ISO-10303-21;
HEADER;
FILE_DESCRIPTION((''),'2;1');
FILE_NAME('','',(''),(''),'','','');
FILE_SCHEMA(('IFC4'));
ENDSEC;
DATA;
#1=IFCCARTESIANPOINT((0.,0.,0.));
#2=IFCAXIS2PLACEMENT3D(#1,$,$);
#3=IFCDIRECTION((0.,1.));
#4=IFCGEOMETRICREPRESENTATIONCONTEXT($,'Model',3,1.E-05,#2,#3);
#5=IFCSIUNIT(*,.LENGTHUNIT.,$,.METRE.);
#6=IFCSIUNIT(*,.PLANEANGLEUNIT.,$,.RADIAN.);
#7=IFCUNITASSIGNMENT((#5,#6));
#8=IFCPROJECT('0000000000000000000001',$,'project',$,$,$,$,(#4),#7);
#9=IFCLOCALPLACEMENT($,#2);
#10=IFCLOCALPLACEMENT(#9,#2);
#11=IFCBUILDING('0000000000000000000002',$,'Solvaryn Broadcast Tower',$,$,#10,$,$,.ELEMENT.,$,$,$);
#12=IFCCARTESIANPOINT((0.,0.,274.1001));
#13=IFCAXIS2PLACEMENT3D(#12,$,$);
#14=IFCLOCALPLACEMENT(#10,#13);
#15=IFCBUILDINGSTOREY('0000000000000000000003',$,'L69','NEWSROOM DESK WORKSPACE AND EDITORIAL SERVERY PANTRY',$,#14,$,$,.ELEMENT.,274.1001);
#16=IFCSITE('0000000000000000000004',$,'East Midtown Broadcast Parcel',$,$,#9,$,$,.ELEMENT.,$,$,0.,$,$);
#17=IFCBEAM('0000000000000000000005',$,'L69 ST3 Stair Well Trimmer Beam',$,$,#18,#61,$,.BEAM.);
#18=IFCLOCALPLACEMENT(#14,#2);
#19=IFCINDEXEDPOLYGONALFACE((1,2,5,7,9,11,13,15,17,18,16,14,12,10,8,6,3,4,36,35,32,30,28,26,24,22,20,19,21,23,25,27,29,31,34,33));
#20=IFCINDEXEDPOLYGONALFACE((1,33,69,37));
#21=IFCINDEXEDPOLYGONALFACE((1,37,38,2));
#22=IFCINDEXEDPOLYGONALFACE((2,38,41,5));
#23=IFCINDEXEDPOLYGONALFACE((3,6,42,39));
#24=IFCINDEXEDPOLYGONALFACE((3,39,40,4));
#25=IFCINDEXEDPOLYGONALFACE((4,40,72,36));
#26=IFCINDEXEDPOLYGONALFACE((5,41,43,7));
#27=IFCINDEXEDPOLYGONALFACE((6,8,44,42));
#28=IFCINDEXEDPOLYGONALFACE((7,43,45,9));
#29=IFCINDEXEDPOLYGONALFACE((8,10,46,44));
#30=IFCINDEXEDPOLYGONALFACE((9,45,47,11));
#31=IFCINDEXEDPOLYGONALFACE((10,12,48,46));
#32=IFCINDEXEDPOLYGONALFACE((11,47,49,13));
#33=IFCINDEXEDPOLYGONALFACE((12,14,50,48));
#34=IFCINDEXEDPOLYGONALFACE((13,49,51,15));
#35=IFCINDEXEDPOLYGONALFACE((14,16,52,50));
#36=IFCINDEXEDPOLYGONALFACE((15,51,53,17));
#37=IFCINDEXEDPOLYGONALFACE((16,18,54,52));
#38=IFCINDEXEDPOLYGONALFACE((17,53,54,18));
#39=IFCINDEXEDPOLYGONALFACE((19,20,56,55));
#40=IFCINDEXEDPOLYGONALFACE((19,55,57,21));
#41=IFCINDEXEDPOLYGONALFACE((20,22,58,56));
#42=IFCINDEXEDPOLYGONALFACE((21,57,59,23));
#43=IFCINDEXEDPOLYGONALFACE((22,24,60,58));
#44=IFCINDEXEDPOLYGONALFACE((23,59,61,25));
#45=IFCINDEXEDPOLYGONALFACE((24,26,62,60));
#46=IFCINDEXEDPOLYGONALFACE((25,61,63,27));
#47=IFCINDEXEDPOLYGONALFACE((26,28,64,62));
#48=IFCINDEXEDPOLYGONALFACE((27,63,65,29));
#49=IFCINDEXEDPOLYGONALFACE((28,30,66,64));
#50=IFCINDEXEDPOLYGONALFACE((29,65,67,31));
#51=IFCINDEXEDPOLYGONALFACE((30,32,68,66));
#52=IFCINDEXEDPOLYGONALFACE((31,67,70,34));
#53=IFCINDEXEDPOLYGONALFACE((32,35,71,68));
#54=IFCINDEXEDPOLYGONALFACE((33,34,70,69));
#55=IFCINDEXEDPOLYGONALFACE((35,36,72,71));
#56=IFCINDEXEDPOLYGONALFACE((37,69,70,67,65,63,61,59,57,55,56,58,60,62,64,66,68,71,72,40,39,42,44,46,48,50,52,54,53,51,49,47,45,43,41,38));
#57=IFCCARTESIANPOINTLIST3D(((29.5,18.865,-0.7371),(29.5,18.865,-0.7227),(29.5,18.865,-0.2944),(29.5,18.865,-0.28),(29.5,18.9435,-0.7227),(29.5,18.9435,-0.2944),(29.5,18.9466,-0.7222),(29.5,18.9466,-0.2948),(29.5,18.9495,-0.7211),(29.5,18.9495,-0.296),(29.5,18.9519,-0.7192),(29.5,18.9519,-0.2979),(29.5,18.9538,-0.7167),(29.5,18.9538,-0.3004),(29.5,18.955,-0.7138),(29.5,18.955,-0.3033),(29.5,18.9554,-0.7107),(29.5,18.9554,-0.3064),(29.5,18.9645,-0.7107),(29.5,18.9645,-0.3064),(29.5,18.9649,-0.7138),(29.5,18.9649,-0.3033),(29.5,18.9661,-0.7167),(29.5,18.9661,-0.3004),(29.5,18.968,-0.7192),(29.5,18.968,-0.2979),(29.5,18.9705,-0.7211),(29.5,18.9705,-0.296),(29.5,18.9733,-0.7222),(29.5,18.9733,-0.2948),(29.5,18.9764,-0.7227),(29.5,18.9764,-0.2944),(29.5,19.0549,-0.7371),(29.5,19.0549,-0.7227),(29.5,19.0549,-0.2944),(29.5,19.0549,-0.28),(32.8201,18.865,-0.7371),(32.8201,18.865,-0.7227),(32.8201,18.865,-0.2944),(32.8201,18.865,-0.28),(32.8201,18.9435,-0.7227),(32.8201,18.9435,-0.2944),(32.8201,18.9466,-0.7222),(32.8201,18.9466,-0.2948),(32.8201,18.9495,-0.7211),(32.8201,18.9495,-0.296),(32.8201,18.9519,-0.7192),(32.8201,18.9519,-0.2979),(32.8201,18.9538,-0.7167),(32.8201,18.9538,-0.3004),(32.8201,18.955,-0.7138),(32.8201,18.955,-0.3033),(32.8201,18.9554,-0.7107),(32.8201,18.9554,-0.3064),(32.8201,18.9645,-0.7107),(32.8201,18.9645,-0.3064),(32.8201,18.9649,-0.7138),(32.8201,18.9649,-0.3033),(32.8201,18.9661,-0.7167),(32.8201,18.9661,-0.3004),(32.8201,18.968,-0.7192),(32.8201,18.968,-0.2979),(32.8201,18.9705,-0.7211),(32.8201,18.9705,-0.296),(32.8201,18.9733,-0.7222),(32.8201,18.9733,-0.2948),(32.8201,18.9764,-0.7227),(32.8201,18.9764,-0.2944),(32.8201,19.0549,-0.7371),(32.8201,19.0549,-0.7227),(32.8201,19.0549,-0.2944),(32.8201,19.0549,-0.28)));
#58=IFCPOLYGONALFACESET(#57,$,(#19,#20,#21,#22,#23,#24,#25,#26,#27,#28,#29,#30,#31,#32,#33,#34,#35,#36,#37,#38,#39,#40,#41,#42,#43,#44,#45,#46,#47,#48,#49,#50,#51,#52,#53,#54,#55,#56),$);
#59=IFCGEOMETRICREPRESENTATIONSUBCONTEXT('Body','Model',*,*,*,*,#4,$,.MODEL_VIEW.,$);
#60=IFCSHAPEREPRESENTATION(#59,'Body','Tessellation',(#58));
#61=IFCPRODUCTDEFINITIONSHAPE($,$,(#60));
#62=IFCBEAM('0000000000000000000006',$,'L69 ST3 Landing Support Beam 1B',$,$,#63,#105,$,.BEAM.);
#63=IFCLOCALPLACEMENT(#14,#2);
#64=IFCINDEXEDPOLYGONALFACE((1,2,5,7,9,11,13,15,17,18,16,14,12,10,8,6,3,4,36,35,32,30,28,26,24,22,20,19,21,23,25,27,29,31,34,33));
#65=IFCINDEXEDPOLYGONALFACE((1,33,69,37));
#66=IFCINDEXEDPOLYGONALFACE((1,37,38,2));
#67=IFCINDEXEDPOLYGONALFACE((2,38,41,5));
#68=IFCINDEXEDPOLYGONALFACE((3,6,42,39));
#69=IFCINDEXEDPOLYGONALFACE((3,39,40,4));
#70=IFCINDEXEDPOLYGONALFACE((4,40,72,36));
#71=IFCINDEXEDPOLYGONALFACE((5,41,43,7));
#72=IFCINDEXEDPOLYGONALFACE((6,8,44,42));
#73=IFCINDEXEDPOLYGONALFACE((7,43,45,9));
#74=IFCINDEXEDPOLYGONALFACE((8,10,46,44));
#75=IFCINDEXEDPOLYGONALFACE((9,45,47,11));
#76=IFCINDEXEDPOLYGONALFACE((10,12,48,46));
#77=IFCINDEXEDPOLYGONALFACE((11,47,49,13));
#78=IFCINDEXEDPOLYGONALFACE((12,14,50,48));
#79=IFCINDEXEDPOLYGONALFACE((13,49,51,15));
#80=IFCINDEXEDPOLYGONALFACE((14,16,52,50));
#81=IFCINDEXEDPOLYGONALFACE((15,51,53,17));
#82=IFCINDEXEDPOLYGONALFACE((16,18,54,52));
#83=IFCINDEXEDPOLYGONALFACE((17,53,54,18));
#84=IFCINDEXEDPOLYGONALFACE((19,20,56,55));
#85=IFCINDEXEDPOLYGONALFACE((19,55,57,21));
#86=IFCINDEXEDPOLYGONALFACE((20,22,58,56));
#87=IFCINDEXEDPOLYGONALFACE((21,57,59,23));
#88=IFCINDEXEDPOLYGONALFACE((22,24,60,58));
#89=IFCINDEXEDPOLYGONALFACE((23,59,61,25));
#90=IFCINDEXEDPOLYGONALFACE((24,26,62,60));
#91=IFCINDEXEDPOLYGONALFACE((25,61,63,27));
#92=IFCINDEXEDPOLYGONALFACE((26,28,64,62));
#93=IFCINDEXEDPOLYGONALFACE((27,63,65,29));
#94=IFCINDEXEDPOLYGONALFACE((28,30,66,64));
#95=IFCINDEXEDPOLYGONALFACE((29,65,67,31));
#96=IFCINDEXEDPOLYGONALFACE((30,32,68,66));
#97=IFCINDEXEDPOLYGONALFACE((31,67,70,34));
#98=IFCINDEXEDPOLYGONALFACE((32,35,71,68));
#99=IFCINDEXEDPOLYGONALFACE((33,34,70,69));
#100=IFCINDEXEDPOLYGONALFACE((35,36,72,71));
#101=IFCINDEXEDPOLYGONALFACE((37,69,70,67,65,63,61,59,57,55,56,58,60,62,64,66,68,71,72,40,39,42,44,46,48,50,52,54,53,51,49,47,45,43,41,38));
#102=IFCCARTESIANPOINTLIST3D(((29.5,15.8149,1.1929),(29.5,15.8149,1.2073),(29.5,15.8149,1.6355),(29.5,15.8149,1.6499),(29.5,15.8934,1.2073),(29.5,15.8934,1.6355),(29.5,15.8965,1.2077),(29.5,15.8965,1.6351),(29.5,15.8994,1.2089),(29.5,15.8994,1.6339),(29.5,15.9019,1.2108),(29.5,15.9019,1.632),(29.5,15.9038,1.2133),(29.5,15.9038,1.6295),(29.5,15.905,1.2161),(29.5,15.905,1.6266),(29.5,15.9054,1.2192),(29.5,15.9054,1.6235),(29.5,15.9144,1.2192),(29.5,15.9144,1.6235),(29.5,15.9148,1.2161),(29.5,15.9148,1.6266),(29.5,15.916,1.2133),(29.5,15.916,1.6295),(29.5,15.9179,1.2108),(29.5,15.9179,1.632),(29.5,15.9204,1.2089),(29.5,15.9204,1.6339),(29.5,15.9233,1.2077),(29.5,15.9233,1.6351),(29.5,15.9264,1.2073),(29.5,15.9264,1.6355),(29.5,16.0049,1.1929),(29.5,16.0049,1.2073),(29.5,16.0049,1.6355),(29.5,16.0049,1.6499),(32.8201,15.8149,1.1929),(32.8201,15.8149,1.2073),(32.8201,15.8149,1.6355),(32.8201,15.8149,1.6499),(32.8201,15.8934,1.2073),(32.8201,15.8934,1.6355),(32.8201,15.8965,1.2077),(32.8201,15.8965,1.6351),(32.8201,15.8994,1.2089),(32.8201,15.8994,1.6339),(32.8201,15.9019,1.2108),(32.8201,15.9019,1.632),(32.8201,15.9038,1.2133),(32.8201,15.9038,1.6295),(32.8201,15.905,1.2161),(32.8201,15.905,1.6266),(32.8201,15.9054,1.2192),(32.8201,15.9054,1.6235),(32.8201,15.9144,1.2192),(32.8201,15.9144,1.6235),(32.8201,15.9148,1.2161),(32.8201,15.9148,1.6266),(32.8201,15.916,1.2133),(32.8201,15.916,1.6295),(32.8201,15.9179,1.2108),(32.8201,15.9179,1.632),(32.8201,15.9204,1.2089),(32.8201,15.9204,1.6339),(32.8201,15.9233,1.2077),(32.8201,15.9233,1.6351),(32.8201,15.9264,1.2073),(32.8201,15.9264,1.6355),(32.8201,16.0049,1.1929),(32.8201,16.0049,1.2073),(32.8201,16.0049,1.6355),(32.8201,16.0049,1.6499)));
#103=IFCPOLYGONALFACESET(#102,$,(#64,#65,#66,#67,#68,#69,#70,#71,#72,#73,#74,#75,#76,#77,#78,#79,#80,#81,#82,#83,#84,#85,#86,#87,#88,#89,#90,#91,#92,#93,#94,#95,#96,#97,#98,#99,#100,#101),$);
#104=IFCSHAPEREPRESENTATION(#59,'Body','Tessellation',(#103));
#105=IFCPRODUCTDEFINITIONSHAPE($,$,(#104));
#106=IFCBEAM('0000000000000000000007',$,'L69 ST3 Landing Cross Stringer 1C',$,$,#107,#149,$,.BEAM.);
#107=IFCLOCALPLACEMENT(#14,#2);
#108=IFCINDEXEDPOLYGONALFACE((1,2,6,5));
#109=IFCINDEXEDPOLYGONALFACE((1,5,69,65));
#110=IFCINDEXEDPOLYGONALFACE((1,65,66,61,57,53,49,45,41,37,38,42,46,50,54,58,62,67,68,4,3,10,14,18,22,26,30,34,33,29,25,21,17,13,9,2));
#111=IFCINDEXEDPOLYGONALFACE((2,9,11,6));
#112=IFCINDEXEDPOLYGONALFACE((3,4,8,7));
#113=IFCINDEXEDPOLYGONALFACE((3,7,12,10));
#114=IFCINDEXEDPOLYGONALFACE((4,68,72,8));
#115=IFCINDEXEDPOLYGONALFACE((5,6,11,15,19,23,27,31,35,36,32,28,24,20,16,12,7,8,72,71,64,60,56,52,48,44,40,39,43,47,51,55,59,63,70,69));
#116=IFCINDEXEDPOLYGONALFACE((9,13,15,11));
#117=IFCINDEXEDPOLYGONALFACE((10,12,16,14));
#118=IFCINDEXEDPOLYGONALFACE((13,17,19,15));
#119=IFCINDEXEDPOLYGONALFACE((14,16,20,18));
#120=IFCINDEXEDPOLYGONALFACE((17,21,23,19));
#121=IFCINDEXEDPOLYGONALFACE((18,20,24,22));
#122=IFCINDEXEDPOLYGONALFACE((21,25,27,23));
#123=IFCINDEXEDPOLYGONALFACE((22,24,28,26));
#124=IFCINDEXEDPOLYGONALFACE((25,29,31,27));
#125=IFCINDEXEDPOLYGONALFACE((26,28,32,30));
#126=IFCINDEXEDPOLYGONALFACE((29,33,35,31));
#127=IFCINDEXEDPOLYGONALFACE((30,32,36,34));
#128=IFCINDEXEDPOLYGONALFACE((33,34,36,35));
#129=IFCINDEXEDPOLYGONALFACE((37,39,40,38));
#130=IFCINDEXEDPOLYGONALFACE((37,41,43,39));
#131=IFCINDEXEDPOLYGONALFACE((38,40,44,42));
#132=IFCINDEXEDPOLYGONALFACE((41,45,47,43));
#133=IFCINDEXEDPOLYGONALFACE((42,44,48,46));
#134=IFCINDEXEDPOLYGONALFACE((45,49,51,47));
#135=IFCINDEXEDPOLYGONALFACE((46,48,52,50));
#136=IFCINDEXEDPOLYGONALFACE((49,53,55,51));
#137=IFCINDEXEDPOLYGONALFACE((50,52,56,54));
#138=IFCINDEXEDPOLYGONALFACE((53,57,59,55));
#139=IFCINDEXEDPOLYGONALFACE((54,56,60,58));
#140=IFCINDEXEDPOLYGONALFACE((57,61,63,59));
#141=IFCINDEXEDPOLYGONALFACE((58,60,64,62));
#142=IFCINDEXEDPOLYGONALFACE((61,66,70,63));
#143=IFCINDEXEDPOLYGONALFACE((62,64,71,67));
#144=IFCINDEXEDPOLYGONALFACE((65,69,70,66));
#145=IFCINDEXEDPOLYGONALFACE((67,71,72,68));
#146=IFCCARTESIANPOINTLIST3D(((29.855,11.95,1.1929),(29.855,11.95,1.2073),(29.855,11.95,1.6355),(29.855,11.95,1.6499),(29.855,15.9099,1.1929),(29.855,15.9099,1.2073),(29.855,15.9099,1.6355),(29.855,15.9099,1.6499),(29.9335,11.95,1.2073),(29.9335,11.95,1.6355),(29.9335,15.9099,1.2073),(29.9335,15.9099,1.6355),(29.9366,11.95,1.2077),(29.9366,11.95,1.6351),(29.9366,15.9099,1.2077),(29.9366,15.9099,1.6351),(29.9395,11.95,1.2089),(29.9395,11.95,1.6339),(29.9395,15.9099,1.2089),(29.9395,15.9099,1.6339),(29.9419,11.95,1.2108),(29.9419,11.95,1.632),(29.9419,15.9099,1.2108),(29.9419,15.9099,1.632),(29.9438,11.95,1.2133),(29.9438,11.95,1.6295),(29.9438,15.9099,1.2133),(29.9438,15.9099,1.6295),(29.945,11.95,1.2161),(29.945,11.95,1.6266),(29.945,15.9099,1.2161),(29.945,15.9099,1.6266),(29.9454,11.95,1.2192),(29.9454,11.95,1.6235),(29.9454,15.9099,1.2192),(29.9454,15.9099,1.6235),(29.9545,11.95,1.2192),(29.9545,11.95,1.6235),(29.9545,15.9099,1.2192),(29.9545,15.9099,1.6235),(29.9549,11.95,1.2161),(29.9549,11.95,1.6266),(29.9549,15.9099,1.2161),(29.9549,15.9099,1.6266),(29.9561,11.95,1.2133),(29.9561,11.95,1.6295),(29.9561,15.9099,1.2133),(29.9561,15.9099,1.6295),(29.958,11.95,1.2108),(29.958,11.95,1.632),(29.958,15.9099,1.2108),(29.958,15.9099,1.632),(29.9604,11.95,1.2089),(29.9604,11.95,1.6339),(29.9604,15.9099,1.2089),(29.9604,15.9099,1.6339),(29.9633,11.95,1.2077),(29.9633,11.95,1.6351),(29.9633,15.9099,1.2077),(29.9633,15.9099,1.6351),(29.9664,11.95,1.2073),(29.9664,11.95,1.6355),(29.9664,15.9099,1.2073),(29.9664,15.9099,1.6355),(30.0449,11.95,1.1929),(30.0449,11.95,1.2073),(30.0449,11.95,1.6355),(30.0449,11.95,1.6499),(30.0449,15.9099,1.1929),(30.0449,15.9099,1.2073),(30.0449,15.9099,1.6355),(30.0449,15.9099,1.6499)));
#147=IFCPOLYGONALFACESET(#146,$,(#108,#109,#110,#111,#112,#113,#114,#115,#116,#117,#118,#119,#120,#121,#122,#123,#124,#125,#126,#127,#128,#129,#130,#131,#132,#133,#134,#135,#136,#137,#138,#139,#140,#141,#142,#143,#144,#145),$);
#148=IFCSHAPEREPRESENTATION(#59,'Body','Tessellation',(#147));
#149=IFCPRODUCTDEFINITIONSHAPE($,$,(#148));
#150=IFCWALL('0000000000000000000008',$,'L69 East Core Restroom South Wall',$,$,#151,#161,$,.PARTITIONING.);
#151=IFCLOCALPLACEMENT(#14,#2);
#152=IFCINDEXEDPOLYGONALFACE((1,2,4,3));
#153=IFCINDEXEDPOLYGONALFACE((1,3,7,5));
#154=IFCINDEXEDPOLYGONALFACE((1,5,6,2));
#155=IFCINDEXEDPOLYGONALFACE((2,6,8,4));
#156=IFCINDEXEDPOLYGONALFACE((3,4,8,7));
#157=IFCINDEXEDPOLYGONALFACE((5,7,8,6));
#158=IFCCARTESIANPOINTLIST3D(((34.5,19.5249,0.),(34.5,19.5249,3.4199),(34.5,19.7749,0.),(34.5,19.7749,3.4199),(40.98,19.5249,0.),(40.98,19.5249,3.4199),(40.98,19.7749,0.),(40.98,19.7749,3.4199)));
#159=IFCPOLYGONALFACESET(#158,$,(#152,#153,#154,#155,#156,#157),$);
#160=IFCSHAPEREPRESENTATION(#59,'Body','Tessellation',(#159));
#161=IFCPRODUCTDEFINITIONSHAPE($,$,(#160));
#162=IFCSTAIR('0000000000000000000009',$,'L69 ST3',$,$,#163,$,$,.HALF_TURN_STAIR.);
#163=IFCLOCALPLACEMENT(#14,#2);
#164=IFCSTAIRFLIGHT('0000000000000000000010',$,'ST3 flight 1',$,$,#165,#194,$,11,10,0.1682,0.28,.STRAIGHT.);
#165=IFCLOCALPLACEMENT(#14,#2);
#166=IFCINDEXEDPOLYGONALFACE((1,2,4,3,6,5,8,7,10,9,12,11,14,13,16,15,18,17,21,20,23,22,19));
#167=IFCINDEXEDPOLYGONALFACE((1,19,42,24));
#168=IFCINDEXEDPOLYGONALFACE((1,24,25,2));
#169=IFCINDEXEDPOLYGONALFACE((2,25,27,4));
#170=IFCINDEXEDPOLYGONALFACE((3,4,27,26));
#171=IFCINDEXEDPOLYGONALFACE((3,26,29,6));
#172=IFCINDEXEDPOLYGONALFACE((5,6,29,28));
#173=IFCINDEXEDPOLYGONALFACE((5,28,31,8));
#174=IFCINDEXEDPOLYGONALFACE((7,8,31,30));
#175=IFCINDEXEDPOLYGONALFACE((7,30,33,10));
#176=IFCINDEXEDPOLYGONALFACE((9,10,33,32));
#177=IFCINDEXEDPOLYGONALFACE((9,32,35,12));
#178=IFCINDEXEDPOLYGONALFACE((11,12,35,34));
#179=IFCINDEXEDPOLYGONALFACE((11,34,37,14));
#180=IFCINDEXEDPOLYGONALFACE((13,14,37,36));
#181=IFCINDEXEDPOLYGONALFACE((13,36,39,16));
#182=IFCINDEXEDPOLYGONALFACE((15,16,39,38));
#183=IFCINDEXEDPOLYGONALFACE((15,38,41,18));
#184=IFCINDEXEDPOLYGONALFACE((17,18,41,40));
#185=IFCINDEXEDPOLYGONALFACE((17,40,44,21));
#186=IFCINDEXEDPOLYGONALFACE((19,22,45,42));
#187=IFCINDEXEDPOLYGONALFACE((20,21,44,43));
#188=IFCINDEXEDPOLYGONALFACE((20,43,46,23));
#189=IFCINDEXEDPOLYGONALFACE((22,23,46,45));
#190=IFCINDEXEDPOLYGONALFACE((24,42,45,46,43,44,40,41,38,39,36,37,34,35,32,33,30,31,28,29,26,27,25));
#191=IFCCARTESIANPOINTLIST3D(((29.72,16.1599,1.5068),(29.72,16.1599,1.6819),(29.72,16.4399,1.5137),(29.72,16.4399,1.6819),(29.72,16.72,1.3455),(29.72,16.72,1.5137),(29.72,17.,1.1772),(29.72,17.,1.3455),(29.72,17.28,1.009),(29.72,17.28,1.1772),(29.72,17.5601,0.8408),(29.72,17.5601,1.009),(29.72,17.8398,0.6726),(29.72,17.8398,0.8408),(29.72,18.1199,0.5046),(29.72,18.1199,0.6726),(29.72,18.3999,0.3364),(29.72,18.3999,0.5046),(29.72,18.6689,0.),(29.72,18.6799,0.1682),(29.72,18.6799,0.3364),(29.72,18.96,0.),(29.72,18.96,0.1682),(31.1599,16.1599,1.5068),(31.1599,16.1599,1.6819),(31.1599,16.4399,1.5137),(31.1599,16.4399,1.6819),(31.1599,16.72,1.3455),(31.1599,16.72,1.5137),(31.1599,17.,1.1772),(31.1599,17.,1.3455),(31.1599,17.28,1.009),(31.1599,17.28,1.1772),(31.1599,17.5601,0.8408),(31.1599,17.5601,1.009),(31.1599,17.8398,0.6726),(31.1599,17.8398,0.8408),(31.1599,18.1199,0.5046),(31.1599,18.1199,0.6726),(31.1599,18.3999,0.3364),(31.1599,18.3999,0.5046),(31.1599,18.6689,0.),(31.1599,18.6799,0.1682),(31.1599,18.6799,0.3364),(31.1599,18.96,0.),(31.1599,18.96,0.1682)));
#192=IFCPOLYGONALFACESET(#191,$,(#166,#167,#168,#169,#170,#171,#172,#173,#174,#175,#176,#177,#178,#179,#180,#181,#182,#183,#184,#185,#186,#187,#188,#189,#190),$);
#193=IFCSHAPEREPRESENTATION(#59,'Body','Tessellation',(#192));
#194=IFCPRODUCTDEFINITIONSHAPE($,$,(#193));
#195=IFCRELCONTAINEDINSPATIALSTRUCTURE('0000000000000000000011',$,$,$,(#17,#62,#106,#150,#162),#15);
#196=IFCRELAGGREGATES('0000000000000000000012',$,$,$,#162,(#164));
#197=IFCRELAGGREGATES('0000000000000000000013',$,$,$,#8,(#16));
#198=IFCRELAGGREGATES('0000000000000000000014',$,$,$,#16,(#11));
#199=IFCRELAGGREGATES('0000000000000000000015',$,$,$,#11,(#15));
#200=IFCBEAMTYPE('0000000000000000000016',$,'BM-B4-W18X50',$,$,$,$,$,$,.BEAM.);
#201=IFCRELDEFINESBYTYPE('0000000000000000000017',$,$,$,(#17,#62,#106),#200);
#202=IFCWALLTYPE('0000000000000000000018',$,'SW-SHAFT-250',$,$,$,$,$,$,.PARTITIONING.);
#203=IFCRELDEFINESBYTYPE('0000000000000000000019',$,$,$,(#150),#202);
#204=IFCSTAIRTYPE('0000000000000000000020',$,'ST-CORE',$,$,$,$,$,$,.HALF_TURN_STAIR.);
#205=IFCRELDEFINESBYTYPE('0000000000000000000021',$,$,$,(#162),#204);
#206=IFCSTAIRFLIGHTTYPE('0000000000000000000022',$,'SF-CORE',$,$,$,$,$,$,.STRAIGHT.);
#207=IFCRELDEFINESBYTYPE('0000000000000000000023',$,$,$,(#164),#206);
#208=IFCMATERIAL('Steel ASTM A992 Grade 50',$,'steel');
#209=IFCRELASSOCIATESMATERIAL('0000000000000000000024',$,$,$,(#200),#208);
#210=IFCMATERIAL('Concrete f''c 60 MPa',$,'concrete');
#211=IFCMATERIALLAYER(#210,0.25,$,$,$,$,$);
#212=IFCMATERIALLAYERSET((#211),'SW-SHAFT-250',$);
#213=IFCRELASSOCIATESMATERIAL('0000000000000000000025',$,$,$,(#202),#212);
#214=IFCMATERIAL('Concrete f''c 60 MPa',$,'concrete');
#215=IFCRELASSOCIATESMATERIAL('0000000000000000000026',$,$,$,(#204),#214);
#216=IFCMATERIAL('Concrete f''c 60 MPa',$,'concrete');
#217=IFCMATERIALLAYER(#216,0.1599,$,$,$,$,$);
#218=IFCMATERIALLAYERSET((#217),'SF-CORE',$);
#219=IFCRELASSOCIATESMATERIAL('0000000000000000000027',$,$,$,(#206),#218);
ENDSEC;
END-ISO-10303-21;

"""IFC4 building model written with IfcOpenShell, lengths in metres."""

from ifc_helpers import new_model, si_unit, direction, frame, frame_2d, origin, origin_2d, place, context, subcontext, project, spatial, polyline, rectangle, i_section, outline, extrude, material, layer, layer_set, material_profile, profile_set, type_object, element, aggregate, save


model = new_model("IFC4")

# Units and contexts
model_context = context("Model", 3, precision=1e-05, world=origin(), true_north=direction((0.0, 1.0)))
body_context = subcontext(model_context, "Body", "Model", "MODEL_VIEW")
ifc_project = project(units=[si_unit("LENGTHUNIT", "METRE"), si_unit("PLANEANGLEUNIT", "RADIAN")], contexts=[model_context])

# Site, building, storey
site_placement = place(None, origin())
site = spatial("IfcSite", under=ifc_project, at=site_placement, Name="East Midtown Broadcast Parcel", CompositionType="ELEMENT", RefElevation=0.0)
building_placement = place(site_placement, origin())
building = spatial("IfcBuilding", under=site, at=building_placement, Name="Solvaryn Broadcast Tower", CompositionType="ELEMENT")
storey_placement = place(building_placement, frame((0.0, 0.0, 274.1001)))
storey = spatial("IfcBuildingStorey", under=building, at=storey_placement, Name="L69", Description="NEWSROOM DESK WORKSPACE AND EDITORIAL SERVERY PANTRY", CompositionType="ELEMENT", Elevation=274.1001)

# Beams
ifc_material_1 = material(Name="Steel ASTM A992 Grade 50", Category="steel")
ifc_material_profile_1 = material_profile(ifc_material_1, i_section(OverallWidth=0.1899, OverallDepth=0.457, WebThickness=0.009, FlangeThickness=0.0144, FilletRadius=0.012, at=origin_2d()))
ifc_profile_set_1 = profile_set([ifc_material_profile_1], Name="Steel ASTM A992 Grade 50")
beam_type_1 = type_object("IfcBeamType", Name="BM-B4-W18X50", PredefinedType="BEAM", material=ifc_profile_set_1)
for number, where, z_axis, x_axis, name in (
    (1, (29.5, 18.96, -0.5085), (1.0, 0.0, 0.0), (0.0, 1.0, 0.0), "L69 ST3 Stair Well Trimmer Beam"),
    (2, (29.5, 15.9099, 1.4214), (1.0, 0.0, 0.0), (0.0, 1.0, 0.0), "L69 ST3 Landing Support Beam 1B"),
):
    element("IfcBeam", number, at=place(storey_placement, frame(where, z_axis=z_axis, x_axis=x_axis)), inside=storey, type_object=beam_type_1, Name=name, PredefinedType="BEAM", context=body_context, shape_type="SweptSolid", body=[
        extrude(i_section(OverallWidth=0.1899, OverallDepth=0.457, WebThickness=0.009, FlangeThickness=0.0144, FilletRadius=0.012, at=origin_2d()), origin(), (0.0, 0.0, 1.0), 3.3201),
    ])
beam_1_placement = place(storey_placement, frame((29.95, 11.95, 1.4214), z_axis=(0.0, 1.0, 0.0), x_axis=(-1.0, 0.0, 0.0)))
element("IfcBeam", 3, at=beam_1_placement, inside=storey, type_object=beam_type_1, Name="L69 ST3 Landing Cross Stringer 1C", PredefinedType="BEAM", context=body_context, shape_type="SweptSolid", body=[
    extrude(i_section(OverallWidth=0.1899, OverallDepth=0.457, WebThickness=0.009, FlangeThickness=0.0144, FilletRadius=0.012, at=origin_2d()), origin(), (0.0, 0.0, 1.0), 3.96),
])

# Shared definitions
ifc_material_2 = material(Name="Concrete f'c 60 MPa", Category="concrete")
ifc_layer_1 = layer(ifc_material_2, 0.25)
ifc_layer_set_1 = layer_set([ifc_layer_1], Name="SW-SHAFT-250")
wall_type_1 = type_object("IfcWallType", Name="SW-SHAFT-250", PredefinedType="PARTITIONING", material=ifc_layer_set_1)

# Wall
wall_1_placement = place(storey_placement, frame((34.5, 19.6499, 0.0), z_axis=(0.0, 0.0, 1.0), x_axis=(1.0, 0.0, 0.0)))
element("IfcWall", 4, at=wall_1_placement, inside=storey, type_object=wall_type_1, Name="L69 East Core Restroom South Wall", PredefinedType="PARTITIONING", context=body_context, shape_type="SweptSolid", body=[
    extrude(rectangle(XDim=6.48, YDim=0.25, at=frame_2d((3.24, 0.0))), origin(), (0.0, 0.0, 1.0), 3.4199),
])

# Stair, stair flight
ifc_material_3 = material(Name="Concrete f'c 60 MPa", Category="concrete")
stair_type = type_object("IfcStairType", Name="ST-CORE", PredefinedType="HALF_TURN_STAIR", material=ifc_material_3)
stair_placement = place(storey_placement, origin())
stair = element("IfcStair", 5, at=stair_placement, inside=storey, type_object=stair_type, Name="L69 ST3", PredefinedType="HALF_TURN_STAIR")
ifc_material_4 = material(Name="Concrete f'c 60 MPa", Category="concrete")
ifc_layer_2 = layer(ifc_material_4, 0.1599)
ifc_layer_set_2 = layer_set([ifc_layer_2], Name="SF-CORE")
stair_flight_type = type_object("IfcStairFlightType", Name="SF-CORE", PredefinedType="STRAIGHT", material=ifc_layer_set_2)
stair_flight_1_placement = place(storey_placement, frame((30.4399, 18.96, 0.0), z_axis=(0.0, 0.0, 1.0), x_axis=(0.0, -1.0, 0.0)))
stair_flight_1 = element("IfcStairFlight", 6, at=stair_flight_1_placement, type_object=stair_flight_type, Name="ST3 flight 1", NumberOfRisers=11, NumberOfTreads=10, PredefinedType="STRAIGHT", RiserHeight=0.1682, TreadLength=0.28, context=body_context, shape_type="SweptSolid", body=[
    extrude(outline(polyline([(0.0, 0.0), (0.0, 0.1682), (0.28, 0.1682), (0.28, 0.3364), (0.5601, 0.3364), (0.5601, 0.5046), (0.8401, 0.5046), (0.8401, 0.6726), (1.1201, 0.6726), (1.1201, 0.8408), (1.3999, 0.8408), (1.3999, 1.009), (1.6799, 1.009), (1.6799, 1.1772), (1.96, 1.1772), (1.96, 1.3455), (2.24, 1.3455), (2.24, 1.5137), (2.52, 1.5137), (2.52, 1.6819), (2.8, 1.6819), (2.8, 1.8501), (2.8, 1.5068), (0.291, 0.0), (0.0, 0.0)])), frame((0.0, 0.72, 0.0), z_axis=(0.0, -1.0, 0.0), x_axis=(1.0, 0.0, 0.0)), (0.0, 0.0, 1.0), 1.4399),
])
aggregate(stair, [stair_flight_1])

save(model, "model.ifc")
